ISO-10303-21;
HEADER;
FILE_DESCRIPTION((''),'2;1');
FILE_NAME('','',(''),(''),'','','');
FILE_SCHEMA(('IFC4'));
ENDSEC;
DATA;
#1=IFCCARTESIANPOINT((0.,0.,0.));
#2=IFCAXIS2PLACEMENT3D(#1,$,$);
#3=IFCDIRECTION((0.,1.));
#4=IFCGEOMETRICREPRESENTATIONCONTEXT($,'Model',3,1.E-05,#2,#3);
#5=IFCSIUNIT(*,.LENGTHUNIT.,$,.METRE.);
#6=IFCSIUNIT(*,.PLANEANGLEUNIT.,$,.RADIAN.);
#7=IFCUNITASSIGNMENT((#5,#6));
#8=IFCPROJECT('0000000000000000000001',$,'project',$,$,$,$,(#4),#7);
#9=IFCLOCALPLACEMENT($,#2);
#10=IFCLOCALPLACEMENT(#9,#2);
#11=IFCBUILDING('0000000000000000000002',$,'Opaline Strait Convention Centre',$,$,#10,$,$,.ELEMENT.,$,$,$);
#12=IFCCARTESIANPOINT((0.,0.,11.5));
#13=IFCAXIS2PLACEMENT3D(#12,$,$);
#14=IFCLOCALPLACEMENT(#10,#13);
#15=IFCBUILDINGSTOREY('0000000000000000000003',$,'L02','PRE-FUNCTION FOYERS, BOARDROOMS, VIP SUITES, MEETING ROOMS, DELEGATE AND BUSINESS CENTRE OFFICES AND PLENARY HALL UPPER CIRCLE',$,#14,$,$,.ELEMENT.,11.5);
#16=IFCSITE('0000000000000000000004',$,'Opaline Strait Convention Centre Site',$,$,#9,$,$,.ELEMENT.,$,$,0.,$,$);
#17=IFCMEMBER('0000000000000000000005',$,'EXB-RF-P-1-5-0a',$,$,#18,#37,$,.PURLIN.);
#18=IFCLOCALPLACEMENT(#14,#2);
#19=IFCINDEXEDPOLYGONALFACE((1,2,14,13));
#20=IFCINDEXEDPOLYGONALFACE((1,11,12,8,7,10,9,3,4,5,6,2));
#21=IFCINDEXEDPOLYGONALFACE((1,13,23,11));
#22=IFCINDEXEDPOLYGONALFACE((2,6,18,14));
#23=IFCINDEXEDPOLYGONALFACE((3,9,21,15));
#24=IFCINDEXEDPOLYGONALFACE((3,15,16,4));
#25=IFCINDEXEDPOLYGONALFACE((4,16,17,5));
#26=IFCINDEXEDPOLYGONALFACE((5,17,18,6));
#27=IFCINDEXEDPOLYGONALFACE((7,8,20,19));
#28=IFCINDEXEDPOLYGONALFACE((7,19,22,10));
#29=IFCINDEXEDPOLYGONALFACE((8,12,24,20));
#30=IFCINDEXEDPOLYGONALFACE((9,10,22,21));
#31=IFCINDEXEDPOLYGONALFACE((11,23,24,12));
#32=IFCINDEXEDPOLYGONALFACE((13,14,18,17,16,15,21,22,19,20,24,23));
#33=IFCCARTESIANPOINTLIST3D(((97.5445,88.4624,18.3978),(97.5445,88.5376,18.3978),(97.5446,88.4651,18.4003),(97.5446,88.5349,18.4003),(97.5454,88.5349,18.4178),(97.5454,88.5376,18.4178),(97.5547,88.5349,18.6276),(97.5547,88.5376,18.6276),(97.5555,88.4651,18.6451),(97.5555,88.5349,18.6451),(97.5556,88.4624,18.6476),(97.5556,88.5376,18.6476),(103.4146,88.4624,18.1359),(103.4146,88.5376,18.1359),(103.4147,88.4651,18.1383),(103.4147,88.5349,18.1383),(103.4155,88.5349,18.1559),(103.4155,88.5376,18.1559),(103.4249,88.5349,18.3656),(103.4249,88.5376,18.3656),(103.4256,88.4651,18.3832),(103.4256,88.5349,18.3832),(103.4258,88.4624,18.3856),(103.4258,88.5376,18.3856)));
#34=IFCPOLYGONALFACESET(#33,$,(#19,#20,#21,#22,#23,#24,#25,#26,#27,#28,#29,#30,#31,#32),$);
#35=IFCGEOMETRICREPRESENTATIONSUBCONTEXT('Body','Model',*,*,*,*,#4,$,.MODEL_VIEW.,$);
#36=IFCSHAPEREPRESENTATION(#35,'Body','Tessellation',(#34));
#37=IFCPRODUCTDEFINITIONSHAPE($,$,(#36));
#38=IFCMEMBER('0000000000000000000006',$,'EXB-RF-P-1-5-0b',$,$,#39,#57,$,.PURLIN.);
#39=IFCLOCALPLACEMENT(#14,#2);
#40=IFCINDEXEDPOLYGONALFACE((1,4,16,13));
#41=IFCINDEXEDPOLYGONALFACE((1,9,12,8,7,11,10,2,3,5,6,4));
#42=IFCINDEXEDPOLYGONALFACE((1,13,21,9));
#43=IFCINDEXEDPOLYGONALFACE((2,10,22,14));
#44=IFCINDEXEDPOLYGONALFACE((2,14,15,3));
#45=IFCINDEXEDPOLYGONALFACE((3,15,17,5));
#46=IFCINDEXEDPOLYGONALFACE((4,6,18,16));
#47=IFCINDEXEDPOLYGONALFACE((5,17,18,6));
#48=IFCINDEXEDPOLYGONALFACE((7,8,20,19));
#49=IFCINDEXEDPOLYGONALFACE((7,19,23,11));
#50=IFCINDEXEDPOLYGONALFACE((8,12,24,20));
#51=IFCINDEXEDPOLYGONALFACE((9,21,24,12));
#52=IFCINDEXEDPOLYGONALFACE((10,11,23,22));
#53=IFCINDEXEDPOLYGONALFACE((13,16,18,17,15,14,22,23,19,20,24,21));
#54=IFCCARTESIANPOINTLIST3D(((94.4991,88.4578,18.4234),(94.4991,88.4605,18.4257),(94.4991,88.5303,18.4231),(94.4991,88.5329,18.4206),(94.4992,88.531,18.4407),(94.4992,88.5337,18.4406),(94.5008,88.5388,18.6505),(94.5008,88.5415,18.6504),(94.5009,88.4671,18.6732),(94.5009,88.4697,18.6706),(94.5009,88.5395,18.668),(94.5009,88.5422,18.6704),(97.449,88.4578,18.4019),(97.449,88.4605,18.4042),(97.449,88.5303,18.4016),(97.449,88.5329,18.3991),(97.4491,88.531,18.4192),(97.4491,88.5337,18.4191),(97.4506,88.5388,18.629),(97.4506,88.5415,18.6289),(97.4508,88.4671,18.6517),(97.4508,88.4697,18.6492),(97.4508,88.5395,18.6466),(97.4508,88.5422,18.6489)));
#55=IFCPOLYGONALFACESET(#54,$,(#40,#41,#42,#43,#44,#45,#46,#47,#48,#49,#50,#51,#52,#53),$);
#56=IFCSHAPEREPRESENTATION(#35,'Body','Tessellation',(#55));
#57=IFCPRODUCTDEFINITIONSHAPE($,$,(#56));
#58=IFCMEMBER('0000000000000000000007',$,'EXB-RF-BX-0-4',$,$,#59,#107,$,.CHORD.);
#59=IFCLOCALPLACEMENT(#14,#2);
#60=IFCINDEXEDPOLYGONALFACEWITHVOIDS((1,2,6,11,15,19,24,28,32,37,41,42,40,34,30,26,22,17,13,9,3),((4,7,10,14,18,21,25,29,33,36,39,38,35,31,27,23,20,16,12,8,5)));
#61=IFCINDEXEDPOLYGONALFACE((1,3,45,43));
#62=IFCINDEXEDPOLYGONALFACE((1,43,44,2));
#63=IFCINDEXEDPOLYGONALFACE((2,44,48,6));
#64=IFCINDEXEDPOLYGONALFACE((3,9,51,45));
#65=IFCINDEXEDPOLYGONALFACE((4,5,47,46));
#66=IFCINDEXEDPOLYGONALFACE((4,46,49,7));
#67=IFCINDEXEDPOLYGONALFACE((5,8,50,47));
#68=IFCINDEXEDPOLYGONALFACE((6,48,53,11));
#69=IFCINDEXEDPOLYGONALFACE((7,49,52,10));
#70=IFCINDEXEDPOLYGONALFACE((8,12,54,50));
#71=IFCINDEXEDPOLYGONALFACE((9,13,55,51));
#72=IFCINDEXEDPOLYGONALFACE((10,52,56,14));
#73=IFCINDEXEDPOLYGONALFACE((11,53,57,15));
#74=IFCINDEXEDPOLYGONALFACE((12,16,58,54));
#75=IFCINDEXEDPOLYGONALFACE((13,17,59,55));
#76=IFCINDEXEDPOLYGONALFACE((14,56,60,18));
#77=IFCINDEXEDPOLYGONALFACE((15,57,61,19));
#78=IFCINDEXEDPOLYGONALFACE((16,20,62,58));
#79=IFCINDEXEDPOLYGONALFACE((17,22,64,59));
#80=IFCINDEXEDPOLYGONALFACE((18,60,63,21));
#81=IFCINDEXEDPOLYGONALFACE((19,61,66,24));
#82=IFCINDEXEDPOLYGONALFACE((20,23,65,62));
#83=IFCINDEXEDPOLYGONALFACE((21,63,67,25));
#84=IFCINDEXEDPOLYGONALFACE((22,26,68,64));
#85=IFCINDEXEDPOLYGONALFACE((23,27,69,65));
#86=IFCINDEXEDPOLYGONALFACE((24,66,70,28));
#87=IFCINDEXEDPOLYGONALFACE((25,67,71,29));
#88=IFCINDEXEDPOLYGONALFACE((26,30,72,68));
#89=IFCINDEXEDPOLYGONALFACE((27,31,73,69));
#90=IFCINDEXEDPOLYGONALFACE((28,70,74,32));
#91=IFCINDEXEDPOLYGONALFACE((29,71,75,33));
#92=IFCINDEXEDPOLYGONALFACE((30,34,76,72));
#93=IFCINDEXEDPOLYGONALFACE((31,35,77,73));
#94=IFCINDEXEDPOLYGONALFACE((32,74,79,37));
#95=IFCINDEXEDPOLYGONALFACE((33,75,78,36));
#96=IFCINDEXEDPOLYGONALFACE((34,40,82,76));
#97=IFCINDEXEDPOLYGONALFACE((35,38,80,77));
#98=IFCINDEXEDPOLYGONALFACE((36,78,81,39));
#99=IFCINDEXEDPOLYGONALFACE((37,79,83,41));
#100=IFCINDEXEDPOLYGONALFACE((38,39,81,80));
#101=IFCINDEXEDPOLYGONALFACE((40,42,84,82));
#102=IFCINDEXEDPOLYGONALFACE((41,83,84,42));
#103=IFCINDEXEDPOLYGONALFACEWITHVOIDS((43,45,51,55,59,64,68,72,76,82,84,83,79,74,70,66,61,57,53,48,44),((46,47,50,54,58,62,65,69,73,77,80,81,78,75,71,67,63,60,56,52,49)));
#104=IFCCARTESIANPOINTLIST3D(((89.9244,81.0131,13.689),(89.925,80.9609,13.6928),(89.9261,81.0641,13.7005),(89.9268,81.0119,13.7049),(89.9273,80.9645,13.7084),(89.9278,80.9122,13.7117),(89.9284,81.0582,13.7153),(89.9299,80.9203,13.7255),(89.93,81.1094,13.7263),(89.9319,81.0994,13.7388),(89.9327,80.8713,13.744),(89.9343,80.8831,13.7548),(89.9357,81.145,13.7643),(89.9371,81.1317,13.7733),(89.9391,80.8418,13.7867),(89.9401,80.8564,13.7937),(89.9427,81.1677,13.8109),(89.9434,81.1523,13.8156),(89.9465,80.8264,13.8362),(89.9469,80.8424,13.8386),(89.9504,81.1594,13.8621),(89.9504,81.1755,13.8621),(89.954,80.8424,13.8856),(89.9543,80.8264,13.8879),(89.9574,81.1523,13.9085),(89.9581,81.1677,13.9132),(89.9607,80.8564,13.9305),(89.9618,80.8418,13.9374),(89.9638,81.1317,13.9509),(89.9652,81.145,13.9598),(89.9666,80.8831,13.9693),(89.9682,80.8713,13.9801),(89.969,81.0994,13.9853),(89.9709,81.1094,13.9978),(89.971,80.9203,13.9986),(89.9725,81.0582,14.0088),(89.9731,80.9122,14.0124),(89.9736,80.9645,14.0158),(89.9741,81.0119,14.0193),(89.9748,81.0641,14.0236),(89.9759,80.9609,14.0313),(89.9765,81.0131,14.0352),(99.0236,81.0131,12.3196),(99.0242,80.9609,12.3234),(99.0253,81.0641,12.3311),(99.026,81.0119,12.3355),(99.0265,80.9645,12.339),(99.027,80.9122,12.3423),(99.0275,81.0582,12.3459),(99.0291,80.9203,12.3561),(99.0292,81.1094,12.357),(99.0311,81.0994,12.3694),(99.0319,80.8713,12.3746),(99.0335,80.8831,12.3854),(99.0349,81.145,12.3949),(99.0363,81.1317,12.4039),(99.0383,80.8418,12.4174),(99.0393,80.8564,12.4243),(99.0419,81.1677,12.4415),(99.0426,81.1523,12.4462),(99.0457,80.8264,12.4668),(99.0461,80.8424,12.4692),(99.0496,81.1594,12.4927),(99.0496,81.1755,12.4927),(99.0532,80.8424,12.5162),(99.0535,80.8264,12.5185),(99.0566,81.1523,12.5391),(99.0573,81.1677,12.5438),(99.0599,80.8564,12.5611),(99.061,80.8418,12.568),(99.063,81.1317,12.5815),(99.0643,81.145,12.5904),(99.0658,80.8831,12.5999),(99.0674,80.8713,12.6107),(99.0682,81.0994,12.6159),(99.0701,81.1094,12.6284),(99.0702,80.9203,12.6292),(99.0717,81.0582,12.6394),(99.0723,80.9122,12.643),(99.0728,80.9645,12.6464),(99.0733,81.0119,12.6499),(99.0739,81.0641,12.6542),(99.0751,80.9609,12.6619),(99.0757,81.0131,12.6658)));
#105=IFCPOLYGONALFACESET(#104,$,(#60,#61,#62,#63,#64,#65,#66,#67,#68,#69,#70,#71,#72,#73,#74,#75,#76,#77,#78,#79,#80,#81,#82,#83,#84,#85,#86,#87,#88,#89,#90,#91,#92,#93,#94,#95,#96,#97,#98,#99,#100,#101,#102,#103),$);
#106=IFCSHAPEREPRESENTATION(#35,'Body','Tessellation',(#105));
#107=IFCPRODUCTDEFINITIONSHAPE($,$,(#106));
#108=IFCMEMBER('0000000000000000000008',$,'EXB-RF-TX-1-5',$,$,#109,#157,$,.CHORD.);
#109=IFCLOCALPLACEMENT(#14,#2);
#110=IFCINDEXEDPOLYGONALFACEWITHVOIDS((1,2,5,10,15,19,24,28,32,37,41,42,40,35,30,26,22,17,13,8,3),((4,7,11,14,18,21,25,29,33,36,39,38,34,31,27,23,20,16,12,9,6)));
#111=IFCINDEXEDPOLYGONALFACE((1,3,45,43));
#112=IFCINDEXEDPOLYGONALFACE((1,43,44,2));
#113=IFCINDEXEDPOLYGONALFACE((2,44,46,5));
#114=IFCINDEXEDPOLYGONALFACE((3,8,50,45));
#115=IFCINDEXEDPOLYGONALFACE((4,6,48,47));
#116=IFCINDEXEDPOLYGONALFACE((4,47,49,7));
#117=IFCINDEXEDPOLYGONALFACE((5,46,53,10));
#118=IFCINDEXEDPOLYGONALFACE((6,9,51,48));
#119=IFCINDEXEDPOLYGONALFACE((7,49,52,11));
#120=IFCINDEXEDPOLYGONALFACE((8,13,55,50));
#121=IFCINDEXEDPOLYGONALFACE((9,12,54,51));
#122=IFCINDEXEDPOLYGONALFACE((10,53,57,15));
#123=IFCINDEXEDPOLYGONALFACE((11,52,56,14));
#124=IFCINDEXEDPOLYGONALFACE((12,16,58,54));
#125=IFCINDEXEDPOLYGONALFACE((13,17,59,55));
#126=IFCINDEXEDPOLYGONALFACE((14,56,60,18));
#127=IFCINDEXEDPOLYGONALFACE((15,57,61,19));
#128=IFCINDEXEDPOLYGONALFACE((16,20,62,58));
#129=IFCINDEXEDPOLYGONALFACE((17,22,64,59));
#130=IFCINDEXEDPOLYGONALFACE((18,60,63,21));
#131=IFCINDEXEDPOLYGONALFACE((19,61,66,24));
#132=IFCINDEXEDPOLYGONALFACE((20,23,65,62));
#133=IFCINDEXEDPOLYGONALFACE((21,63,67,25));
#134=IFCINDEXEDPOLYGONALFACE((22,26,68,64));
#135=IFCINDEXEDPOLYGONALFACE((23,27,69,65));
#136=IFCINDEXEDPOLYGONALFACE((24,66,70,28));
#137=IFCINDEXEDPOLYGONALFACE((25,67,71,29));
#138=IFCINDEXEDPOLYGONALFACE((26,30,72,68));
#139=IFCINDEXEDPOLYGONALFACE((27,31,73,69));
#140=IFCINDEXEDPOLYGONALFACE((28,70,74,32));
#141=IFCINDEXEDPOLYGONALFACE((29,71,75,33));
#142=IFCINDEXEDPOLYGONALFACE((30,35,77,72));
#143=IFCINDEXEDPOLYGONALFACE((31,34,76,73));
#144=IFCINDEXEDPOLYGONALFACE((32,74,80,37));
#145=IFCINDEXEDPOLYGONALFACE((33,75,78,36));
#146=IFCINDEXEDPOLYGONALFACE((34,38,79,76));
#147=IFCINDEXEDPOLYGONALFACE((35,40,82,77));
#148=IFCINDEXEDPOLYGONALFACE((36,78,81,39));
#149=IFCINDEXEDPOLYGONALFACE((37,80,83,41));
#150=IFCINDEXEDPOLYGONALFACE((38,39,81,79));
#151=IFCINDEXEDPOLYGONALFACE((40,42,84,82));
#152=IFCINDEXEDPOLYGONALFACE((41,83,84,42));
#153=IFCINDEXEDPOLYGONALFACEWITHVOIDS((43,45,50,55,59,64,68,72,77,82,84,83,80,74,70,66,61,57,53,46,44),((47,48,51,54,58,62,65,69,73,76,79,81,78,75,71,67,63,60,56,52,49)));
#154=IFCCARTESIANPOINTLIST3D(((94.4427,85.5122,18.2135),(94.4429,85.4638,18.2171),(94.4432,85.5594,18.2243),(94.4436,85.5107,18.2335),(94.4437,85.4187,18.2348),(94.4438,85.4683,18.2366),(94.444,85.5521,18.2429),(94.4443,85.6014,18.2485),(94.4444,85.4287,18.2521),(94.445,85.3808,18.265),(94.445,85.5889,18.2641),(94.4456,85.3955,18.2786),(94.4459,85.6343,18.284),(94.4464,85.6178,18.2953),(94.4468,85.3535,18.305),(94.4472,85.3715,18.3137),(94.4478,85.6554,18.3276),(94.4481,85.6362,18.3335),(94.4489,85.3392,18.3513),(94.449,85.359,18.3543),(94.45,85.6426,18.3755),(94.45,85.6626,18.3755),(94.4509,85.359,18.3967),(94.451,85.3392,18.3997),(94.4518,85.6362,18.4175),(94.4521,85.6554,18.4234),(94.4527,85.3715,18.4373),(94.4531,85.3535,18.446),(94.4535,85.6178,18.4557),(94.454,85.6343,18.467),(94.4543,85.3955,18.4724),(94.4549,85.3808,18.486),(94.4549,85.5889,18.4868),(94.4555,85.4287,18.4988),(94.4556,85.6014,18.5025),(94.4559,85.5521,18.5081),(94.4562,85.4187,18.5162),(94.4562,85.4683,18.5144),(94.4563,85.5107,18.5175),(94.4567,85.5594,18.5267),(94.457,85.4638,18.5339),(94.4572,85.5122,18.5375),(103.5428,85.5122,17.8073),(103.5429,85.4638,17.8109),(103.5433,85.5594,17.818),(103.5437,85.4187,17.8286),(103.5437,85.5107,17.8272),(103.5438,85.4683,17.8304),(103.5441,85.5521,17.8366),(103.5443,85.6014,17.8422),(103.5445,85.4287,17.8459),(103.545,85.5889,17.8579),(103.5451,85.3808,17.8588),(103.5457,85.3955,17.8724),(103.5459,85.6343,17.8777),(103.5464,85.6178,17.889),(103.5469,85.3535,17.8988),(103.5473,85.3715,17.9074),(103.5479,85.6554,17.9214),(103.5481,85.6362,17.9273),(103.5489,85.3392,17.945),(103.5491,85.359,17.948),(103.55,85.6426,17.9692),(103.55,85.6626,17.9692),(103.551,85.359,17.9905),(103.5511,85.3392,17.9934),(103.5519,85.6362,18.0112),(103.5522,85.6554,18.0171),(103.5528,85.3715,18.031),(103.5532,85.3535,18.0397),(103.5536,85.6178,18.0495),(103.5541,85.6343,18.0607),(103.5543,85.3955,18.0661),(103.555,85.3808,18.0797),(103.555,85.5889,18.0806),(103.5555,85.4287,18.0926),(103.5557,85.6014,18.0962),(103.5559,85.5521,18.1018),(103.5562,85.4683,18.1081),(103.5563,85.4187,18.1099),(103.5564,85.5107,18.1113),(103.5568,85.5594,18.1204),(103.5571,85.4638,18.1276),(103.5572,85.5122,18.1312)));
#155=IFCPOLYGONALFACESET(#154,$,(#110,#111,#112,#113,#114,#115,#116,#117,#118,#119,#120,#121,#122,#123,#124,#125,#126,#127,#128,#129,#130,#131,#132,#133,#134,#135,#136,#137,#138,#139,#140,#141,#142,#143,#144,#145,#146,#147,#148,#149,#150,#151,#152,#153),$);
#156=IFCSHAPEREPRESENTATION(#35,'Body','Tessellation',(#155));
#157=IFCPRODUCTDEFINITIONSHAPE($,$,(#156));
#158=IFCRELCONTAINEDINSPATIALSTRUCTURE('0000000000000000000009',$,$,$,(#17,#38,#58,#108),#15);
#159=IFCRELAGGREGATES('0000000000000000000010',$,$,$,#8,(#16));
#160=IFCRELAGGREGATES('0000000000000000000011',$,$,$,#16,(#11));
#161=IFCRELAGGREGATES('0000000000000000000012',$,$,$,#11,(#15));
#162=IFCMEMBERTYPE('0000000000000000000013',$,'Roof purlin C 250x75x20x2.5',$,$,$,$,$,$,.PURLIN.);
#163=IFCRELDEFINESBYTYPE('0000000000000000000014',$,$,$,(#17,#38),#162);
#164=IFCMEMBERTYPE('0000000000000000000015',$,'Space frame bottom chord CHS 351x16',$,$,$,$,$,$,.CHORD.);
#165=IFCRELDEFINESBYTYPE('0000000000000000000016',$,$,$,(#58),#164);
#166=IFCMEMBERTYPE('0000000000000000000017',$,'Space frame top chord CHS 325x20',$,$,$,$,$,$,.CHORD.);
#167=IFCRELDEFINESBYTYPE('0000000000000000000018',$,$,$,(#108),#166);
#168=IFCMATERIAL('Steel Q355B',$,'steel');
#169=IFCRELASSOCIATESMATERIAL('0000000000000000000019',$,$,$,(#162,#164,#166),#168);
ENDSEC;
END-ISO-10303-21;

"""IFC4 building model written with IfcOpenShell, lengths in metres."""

from ifc_helpers import new_model, si_unit, direction, frame, origin, origin_2d, place, context, subcontext, project, spatial, polyline, hollow_circle, outline, extrude, material, material_profile, profile_set, type_object, element, save


model = new_model("IFC4")

# Units and contexts
model_context = context("Model", 3, precision=1e-05, world=origin(), true_north=direction((0.0, 1.0)))
body_context = subcontext(model_context, "Body", "Model", "MODEL_VIEW")
ifc_project = project(units=[si_unit("LENGTHUNIT", "METRE"), si_unit("PLANEANGLEUNIT", "RADIAN")], contexts=[model_context])

# Site, building, storey
site_placement = place(None, origin())
site = spatial("IfcSite", under=ifc_project, at=site_placement, Name="Opaline Strait Convention Centre Site", CompositionType="ELEMENT", RefElevation=0.0)
building_placement = place(site_placement, origin())
building = spatial("IfcBuilding", under=site, at=building_placement, Name="Opaline Strait Convention Centre", CompositionType="ELEMENT")
storey_placement = place(building_placement, frame((0.0, 0.0, 11.5)))
storey = spatial("IfcBuildingStorey", under=building, at=storey_placement, Name="L02", Description="PRE-FUNCTION FOYERS, BOARDROOMS, VIP SUITES, MEETING ROOMS, DELEGATE AND BUSINESS CENTRE OFFICES AND PLENARY HALL UPPER CIRCLE", CompositionType="ELEMENT", Elevation=11.5)

# Members
ifc_material_1 = material(Name="Steel Q355B", Category="steel")
ifc_material_profile_1 = material_profile(ifc_material_1, outline(polyline([(-0.0376, -0.125), (0.0376, -0.125), (0.0376, -0.105), (0.0349, -0.105), (0.0349, -0.1226), (-0.0349, -0.1226), (-0.0349, 0.1226), (0.0349, 0.1226), (0.0349, 0.105), (0.0376, 0.105), (0.0376, 0.125), (-0.0376, 0.125), (-0.0376, -0.125)])), Name="C 250x75x20x2.5")
ifc_profile_set_1 = profile_set([ifc_material_profile_1], Name="Steel Q355B")
member_type_1 = type_object("IfcMemberType", Name="Roof purlin C 250x75x20x2.5", PredefinedType="PURLIN", material=ifc_profile_set_1)
member_1_placement = place(storey_placement, frame((97.55, 88.5, 18.5227), z_axis=(0.999006, 0.0, -0.044582), x_axis=(0.0, 1.0, 0.0)))
element("IfcMember", 1, at=member_1_placement, inside=storey, type_object=member_type_1, Name="EXB-RF-P-1-5-0a", PredefinedType="PURLIN", context=body_context, shape_type="SweptSolid", body=[
    extrude(outline(polyline([(-0.0376, -0.125), (0.0376, -0.125), (0.0376, -0.105), (0.0349, -0.105), (0.0349, -0.1226), (-0.0349, -0.1226), (-0.0349, 0.1226), (0.0349, 0.1226), (0.0349, 0.105), (0.0376, 0.105), (0.0376, 0.125), (-0.0376, 0.125), (-0.0376, -0.125)])), origin(), (0.0, 0.0, 1.0), 5.876),
])
member_2_placement = place(storey_placement, frame((94.5, 88.5, 18.5469), z_axis=(0.999973, 0.0, -0.007283), x_axis=(-0.000272, 0.999302, -0.037351)))
element("IfcMember", 2, at=member_2_placement, inside=storey, type_object=member_type_1, Name="EXB-RF-P-1-5-0b", PredefinedType="PURLIN", context=body_context, shape_type="SweptSolid", body=[
    extrude(outline(polyline([(-0.0376, -0.125), (0.0376, -0.125), (0.0376, -0.105), (0.0349, -0.105), (0.0349, -0.1226), (-0.0349, -0.1226), (-0.0349, 0.1226), (0.0349, 0.1226), (0.0349, 0.105), (0.0376, 0.105), (0.0376, 0.125), (-0.0376, 0.125), (-0.0376, -0.125)])), origin(), (0.0, 0.0, 1.0), 2.95),
])
ifc_material_profile_2 = material_profile(ifc_material_1, hollow_circle(Radius=0.1755, WallThickness=0.0161, at=origin_2d()), Name="CHS 351x16")
ifc_profile_set_2 = profile_set([ifc_material_profile_2], Name="Steel Q355B")
member_type_2 = type_object("IfcMemberType", Name="Space frame bottom chord CHS 351x16", PredefinedType="CHORD", material=ifc_profile_set_2)
member_3_placement = place(storey_placement, frame((89.9504, 81.0, 13.8621), z_axis=(0.988864, 0.0, -0.14882), x_axis=(0.0, 1.0, 0.0)))
element("IfcMember", 3, at=member_3_placement, inside=storey, type_object=member_type_2, Name="EXB-RF-BX-0-4", PredefinedType="CHORD", context=body_context, shape_type="SweptSolid", body=[
    extrude(hollow_circle(Radius=0.1755, WallThickness=0.0161, at=origin_2d()), origin(), (0.0, 0.0, 1.0), 9.2017),
])
ifc_material_profile_3 = material_profile(ifc_material_1, hollow_circle(Radius=0.1626, WallThickness=0.02, at=origin_2d()), Name="CHS 325x20")
ifc_profile_set_3 = profile_set([ifc_material_profile_3], Name="Steel Q355B")
member_type_3 = type_object("IfcMemberType", Name="Space frame top chord CHS 325x20", PredefinedType="CHORD", material=ifc_profile_set_3)
member_4_placement = place(storey_placement, frame((94.45, 85.5, 18.3755), z_axis=(0.999005, 0.0, -0.044598), x_axis=(0.0, 1.0, 0.0)))
element("IfcMember", 4, at=member_4_placement, inside=storey, type_object=member_type_3, Name="EXB-RF-TX-1-5", PredefinedType="CHORD", context=body_context, shape_type="SweptSolid", body=[
    extrude(hollow_circle(Radius=0.1626, WallThickness=0.02, at=origin_2d()), origin(), (0.0, 0.0, 1.0), 9.1091),
])

save(model, "model.ifc")
